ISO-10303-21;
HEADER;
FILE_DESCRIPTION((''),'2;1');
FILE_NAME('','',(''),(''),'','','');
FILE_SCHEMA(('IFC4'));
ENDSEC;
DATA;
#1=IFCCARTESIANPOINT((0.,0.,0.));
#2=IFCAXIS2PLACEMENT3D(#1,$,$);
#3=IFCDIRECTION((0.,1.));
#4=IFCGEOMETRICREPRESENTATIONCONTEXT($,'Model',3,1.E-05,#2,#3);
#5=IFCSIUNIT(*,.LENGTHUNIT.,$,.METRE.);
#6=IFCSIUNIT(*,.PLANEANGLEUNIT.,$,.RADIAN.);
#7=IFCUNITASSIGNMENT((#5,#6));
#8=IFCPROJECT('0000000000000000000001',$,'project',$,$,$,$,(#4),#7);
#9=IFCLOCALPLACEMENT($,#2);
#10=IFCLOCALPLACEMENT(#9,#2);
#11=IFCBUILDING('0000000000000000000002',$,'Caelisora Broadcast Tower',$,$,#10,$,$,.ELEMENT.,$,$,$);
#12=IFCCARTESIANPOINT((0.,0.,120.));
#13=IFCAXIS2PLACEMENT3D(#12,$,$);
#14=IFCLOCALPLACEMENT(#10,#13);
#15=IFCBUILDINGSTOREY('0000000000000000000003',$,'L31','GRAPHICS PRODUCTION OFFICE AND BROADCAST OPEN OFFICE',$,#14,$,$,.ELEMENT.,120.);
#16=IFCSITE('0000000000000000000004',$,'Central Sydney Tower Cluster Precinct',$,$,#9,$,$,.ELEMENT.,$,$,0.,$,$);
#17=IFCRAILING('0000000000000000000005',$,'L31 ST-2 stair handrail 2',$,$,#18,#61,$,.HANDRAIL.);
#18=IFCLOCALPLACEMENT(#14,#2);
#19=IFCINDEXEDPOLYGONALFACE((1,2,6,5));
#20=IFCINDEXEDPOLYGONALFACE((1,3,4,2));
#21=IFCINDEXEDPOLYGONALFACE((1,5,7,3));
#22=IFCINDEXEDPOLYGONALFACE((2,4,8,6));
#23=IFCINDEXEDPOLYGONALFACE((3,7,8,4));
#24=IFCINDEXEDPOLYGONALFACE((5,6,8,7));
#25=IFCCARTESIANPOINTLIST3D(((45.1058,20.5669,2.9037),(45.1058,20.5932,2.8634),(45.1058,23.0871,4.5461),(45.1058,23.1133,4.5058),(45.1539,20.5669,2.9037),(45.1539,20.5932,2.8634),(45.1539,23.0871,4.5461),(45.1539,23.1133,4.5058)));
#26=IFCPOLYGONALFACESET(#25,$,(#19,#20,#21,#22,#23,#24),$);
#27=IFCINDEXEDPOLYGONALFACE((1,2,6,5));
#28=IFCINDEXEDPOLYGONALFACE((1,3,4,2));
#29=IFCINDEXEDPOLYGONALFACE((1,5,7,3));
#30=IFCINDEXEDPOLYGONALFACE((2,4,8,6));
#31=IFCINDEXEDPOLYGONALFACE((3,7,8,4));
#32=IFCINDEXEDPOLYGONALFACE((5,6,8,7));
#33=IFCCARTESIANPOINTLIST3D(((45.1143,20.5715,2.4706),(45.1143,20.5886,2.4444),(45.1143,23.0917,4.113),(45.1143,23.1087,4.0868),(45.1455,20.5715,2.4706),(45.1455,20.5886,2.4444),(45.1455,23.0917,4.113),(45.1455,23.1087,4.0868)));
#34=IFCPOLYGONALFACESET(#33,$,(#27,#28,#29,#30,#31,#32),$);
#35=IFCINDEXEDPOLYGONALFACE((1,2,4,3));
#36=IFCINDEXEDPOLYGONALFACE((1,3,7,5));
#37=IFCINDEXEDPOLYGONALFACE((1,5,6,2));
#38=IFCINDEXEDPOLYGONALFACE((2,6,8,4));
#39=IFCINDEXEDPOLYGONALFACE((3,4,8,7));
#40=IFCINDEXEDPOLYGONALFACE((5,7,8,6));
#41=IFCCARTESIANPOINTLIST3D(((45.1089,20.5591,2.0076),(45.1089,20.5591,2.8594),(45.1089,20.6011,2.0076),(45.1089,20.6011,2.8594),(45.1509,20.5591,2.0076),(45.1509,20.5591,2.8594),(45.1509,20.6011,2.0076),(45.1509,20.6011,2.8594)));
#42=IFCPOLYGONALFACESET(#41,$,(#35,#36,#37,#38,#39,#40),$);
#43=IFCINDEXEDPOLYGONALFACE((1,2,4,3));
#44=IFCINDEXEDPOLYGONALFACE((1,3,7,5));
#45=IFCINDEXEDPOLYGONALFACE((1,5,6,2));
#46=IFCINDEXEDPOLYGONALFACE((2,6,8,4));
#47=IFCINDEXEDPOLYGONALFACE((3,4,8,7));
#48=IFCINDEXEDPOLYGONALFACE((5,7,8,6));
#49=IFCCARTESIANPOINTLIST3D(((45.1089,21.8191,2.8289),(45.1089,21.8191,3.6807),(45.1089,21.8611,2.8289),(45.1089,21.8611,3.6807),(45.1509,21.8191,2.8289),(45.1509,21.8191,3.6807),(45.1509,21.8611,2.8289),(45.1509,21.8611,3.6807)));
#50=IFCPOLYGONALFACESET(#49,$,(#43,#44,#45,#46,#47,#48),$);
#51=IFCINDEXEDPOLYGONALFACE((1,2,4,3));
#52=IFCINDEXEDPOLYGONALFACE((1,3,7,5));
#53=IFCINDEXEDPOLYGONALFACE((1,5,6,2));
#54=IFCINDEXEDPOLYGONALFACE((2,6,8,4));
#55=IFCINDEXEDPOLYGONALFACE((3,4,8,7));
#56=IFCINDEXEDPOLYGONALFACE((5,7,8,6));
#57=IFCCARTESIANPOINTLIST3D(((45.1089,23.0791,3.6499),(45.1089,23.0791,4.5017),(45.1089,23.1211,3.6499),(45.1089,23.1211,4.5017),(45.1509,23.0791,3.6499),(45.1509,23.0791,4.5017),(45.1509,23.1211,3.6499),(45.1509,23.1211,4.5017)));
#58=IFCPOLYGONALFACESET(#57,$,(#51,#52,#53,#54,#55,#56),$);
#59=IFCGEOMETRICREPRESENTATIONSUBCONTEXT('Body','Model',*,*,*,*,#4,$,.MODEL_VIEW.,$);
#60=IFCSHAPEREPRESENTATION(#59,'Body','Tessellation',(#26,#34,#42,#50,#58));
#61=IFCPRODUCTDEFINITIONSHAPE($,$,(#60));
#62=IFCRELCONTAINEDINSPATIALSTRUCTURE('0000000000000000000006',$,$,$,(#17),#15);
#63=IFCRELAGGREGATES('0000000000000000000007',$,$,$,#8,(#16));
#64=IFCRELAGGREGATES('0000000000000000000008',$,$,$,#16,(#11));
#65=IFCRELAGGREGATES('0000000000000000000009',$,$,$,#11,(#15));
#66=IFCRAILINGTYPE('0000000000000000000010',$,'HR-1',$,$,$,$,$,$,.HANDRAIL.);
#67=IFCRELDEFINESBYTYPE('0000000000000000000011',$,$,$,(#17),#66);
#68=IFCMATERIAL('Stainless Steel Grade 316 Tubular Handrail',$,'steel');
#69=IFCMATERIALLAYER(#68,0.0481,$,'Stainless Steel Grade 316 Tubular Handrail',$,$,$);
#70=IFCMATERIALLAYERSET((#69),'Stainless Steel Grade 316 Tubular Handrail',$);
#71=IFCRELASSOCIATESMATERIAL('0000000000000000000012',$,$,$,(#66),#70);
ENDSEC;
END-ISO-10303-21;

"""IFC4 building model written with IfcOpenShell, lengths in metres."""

from ifc_helpers import new_model, si_unit, direction, frame, origin, origin_2d, place, context, subcontext, project, spatial, rectangle, extrude, material, layer, layer_set, type_object, element, save


model = new_model("IFC4")

# Units and contexts
model_context = context("Model", 3, precision=1e-05, world=origin(), true_north=direction((0.0, 1.0)))
body_context = subcontext(model_context, "Body", "Model", "MODEL_VIEW")
ifc_project = project(units=[si_unit("LENGTHUNIT", "METRE"), si_unit("PLANEANGLEUNIT", "RADIAN")], contexts=[model_context])

# Site, building, storey
site_placement = place(None, origin())
site = spatial("IfcSite", under=ifc_project, at=site_placement, Name="Central Sydney Tower Cluster Precinct", CompositionType="ELEMENT", RefElevation=0.0)
building_placement = place(site_placement, origin())
building = spatial("IfcBuilding", under=site, at=building_placement, Name="Caelisora Broadcast Tower", CompositionType="ELEMENT")
storey_placement = place(building_placement, frame((0.0, 0.0, 120.0)))
storey = spatial("IfcBuildingStorey", under=building, at=storey_placement, Name="L31", Description="GRAPHICS PRODUCTION OFFICE AND BROADCAST OPEN OFFICE", CompositionType="ELEMENT", Elevation=120.0)

# Railing
ifc_material_1 = material(Name="Stainless Steel Grade 316 Tubular Handrail", Category="steel")
ifc_layer_1 = layer(ifc_material_1, 0.0481, Name="Stainless Steel Grade 316 Tubular Handrail")
ifc_layer_set_1 = layer_set([ifc_layer_1], Name="Stainless Steel Grade 316 Tubular Handrail")
railing_type_1 = type_object("IfcRailingType", Name="HR-1", PredefinedType="HANDRAIL", material=ifc_layer_set_1)
railing_1_placement = place(storey_placement, frame((45.1299, 20.5801, 2.0076)))
element("IfcRailing", 1, at=railing_1_placement, inside=storey, type_object=railing_type_1, Name="L31 ST-2 stair handrail 2", PredefinedType="HANDRAIL", context=body_context, shape_type="SweptSolid", body=[
    extrude(rectangle(XDim=0.0481, YDim=0.0481, at=origin_2d()), frame((0.0, 0.0, 0.876), z_axis=(0.0, 0.837787, 0.545998), x_axis=(-1.0, 0.0, 0.0)), (0.0, 0.0, 1.0), 3.0081),
    extrude(rectangle(XDim=0.0312, YDim=0.0312, at=origin_2d()), frame((0.0, 0.0, 0.45), z_axis=(0.0, 0.837787, 0.545998), x_axis=(-1.0, 0.0, 0.0)), (0.0, 0.0, 1.0), 3.0081),
    extrude(rectangle(XDim=0.042, YDim=0.042, at=origin_2d()), origin(), (0.0, 0.0, 1.0), 0.8518),
    extrude(rectangle(XDim=0.042, YDim=0.042, at=origin_2d()), frame((0.0, 1.26, 0.8213)), (0.0, 0.0, 1.0), 0.8518),
    extrude(rectangle(XDim=0.042, YDim=0.042, at=origin_2d()), frame((0.0, 2.52, 1.6423)), (0.0, 0.0, 1.0), 0.8518),
])

save(model, "model.ifc")
